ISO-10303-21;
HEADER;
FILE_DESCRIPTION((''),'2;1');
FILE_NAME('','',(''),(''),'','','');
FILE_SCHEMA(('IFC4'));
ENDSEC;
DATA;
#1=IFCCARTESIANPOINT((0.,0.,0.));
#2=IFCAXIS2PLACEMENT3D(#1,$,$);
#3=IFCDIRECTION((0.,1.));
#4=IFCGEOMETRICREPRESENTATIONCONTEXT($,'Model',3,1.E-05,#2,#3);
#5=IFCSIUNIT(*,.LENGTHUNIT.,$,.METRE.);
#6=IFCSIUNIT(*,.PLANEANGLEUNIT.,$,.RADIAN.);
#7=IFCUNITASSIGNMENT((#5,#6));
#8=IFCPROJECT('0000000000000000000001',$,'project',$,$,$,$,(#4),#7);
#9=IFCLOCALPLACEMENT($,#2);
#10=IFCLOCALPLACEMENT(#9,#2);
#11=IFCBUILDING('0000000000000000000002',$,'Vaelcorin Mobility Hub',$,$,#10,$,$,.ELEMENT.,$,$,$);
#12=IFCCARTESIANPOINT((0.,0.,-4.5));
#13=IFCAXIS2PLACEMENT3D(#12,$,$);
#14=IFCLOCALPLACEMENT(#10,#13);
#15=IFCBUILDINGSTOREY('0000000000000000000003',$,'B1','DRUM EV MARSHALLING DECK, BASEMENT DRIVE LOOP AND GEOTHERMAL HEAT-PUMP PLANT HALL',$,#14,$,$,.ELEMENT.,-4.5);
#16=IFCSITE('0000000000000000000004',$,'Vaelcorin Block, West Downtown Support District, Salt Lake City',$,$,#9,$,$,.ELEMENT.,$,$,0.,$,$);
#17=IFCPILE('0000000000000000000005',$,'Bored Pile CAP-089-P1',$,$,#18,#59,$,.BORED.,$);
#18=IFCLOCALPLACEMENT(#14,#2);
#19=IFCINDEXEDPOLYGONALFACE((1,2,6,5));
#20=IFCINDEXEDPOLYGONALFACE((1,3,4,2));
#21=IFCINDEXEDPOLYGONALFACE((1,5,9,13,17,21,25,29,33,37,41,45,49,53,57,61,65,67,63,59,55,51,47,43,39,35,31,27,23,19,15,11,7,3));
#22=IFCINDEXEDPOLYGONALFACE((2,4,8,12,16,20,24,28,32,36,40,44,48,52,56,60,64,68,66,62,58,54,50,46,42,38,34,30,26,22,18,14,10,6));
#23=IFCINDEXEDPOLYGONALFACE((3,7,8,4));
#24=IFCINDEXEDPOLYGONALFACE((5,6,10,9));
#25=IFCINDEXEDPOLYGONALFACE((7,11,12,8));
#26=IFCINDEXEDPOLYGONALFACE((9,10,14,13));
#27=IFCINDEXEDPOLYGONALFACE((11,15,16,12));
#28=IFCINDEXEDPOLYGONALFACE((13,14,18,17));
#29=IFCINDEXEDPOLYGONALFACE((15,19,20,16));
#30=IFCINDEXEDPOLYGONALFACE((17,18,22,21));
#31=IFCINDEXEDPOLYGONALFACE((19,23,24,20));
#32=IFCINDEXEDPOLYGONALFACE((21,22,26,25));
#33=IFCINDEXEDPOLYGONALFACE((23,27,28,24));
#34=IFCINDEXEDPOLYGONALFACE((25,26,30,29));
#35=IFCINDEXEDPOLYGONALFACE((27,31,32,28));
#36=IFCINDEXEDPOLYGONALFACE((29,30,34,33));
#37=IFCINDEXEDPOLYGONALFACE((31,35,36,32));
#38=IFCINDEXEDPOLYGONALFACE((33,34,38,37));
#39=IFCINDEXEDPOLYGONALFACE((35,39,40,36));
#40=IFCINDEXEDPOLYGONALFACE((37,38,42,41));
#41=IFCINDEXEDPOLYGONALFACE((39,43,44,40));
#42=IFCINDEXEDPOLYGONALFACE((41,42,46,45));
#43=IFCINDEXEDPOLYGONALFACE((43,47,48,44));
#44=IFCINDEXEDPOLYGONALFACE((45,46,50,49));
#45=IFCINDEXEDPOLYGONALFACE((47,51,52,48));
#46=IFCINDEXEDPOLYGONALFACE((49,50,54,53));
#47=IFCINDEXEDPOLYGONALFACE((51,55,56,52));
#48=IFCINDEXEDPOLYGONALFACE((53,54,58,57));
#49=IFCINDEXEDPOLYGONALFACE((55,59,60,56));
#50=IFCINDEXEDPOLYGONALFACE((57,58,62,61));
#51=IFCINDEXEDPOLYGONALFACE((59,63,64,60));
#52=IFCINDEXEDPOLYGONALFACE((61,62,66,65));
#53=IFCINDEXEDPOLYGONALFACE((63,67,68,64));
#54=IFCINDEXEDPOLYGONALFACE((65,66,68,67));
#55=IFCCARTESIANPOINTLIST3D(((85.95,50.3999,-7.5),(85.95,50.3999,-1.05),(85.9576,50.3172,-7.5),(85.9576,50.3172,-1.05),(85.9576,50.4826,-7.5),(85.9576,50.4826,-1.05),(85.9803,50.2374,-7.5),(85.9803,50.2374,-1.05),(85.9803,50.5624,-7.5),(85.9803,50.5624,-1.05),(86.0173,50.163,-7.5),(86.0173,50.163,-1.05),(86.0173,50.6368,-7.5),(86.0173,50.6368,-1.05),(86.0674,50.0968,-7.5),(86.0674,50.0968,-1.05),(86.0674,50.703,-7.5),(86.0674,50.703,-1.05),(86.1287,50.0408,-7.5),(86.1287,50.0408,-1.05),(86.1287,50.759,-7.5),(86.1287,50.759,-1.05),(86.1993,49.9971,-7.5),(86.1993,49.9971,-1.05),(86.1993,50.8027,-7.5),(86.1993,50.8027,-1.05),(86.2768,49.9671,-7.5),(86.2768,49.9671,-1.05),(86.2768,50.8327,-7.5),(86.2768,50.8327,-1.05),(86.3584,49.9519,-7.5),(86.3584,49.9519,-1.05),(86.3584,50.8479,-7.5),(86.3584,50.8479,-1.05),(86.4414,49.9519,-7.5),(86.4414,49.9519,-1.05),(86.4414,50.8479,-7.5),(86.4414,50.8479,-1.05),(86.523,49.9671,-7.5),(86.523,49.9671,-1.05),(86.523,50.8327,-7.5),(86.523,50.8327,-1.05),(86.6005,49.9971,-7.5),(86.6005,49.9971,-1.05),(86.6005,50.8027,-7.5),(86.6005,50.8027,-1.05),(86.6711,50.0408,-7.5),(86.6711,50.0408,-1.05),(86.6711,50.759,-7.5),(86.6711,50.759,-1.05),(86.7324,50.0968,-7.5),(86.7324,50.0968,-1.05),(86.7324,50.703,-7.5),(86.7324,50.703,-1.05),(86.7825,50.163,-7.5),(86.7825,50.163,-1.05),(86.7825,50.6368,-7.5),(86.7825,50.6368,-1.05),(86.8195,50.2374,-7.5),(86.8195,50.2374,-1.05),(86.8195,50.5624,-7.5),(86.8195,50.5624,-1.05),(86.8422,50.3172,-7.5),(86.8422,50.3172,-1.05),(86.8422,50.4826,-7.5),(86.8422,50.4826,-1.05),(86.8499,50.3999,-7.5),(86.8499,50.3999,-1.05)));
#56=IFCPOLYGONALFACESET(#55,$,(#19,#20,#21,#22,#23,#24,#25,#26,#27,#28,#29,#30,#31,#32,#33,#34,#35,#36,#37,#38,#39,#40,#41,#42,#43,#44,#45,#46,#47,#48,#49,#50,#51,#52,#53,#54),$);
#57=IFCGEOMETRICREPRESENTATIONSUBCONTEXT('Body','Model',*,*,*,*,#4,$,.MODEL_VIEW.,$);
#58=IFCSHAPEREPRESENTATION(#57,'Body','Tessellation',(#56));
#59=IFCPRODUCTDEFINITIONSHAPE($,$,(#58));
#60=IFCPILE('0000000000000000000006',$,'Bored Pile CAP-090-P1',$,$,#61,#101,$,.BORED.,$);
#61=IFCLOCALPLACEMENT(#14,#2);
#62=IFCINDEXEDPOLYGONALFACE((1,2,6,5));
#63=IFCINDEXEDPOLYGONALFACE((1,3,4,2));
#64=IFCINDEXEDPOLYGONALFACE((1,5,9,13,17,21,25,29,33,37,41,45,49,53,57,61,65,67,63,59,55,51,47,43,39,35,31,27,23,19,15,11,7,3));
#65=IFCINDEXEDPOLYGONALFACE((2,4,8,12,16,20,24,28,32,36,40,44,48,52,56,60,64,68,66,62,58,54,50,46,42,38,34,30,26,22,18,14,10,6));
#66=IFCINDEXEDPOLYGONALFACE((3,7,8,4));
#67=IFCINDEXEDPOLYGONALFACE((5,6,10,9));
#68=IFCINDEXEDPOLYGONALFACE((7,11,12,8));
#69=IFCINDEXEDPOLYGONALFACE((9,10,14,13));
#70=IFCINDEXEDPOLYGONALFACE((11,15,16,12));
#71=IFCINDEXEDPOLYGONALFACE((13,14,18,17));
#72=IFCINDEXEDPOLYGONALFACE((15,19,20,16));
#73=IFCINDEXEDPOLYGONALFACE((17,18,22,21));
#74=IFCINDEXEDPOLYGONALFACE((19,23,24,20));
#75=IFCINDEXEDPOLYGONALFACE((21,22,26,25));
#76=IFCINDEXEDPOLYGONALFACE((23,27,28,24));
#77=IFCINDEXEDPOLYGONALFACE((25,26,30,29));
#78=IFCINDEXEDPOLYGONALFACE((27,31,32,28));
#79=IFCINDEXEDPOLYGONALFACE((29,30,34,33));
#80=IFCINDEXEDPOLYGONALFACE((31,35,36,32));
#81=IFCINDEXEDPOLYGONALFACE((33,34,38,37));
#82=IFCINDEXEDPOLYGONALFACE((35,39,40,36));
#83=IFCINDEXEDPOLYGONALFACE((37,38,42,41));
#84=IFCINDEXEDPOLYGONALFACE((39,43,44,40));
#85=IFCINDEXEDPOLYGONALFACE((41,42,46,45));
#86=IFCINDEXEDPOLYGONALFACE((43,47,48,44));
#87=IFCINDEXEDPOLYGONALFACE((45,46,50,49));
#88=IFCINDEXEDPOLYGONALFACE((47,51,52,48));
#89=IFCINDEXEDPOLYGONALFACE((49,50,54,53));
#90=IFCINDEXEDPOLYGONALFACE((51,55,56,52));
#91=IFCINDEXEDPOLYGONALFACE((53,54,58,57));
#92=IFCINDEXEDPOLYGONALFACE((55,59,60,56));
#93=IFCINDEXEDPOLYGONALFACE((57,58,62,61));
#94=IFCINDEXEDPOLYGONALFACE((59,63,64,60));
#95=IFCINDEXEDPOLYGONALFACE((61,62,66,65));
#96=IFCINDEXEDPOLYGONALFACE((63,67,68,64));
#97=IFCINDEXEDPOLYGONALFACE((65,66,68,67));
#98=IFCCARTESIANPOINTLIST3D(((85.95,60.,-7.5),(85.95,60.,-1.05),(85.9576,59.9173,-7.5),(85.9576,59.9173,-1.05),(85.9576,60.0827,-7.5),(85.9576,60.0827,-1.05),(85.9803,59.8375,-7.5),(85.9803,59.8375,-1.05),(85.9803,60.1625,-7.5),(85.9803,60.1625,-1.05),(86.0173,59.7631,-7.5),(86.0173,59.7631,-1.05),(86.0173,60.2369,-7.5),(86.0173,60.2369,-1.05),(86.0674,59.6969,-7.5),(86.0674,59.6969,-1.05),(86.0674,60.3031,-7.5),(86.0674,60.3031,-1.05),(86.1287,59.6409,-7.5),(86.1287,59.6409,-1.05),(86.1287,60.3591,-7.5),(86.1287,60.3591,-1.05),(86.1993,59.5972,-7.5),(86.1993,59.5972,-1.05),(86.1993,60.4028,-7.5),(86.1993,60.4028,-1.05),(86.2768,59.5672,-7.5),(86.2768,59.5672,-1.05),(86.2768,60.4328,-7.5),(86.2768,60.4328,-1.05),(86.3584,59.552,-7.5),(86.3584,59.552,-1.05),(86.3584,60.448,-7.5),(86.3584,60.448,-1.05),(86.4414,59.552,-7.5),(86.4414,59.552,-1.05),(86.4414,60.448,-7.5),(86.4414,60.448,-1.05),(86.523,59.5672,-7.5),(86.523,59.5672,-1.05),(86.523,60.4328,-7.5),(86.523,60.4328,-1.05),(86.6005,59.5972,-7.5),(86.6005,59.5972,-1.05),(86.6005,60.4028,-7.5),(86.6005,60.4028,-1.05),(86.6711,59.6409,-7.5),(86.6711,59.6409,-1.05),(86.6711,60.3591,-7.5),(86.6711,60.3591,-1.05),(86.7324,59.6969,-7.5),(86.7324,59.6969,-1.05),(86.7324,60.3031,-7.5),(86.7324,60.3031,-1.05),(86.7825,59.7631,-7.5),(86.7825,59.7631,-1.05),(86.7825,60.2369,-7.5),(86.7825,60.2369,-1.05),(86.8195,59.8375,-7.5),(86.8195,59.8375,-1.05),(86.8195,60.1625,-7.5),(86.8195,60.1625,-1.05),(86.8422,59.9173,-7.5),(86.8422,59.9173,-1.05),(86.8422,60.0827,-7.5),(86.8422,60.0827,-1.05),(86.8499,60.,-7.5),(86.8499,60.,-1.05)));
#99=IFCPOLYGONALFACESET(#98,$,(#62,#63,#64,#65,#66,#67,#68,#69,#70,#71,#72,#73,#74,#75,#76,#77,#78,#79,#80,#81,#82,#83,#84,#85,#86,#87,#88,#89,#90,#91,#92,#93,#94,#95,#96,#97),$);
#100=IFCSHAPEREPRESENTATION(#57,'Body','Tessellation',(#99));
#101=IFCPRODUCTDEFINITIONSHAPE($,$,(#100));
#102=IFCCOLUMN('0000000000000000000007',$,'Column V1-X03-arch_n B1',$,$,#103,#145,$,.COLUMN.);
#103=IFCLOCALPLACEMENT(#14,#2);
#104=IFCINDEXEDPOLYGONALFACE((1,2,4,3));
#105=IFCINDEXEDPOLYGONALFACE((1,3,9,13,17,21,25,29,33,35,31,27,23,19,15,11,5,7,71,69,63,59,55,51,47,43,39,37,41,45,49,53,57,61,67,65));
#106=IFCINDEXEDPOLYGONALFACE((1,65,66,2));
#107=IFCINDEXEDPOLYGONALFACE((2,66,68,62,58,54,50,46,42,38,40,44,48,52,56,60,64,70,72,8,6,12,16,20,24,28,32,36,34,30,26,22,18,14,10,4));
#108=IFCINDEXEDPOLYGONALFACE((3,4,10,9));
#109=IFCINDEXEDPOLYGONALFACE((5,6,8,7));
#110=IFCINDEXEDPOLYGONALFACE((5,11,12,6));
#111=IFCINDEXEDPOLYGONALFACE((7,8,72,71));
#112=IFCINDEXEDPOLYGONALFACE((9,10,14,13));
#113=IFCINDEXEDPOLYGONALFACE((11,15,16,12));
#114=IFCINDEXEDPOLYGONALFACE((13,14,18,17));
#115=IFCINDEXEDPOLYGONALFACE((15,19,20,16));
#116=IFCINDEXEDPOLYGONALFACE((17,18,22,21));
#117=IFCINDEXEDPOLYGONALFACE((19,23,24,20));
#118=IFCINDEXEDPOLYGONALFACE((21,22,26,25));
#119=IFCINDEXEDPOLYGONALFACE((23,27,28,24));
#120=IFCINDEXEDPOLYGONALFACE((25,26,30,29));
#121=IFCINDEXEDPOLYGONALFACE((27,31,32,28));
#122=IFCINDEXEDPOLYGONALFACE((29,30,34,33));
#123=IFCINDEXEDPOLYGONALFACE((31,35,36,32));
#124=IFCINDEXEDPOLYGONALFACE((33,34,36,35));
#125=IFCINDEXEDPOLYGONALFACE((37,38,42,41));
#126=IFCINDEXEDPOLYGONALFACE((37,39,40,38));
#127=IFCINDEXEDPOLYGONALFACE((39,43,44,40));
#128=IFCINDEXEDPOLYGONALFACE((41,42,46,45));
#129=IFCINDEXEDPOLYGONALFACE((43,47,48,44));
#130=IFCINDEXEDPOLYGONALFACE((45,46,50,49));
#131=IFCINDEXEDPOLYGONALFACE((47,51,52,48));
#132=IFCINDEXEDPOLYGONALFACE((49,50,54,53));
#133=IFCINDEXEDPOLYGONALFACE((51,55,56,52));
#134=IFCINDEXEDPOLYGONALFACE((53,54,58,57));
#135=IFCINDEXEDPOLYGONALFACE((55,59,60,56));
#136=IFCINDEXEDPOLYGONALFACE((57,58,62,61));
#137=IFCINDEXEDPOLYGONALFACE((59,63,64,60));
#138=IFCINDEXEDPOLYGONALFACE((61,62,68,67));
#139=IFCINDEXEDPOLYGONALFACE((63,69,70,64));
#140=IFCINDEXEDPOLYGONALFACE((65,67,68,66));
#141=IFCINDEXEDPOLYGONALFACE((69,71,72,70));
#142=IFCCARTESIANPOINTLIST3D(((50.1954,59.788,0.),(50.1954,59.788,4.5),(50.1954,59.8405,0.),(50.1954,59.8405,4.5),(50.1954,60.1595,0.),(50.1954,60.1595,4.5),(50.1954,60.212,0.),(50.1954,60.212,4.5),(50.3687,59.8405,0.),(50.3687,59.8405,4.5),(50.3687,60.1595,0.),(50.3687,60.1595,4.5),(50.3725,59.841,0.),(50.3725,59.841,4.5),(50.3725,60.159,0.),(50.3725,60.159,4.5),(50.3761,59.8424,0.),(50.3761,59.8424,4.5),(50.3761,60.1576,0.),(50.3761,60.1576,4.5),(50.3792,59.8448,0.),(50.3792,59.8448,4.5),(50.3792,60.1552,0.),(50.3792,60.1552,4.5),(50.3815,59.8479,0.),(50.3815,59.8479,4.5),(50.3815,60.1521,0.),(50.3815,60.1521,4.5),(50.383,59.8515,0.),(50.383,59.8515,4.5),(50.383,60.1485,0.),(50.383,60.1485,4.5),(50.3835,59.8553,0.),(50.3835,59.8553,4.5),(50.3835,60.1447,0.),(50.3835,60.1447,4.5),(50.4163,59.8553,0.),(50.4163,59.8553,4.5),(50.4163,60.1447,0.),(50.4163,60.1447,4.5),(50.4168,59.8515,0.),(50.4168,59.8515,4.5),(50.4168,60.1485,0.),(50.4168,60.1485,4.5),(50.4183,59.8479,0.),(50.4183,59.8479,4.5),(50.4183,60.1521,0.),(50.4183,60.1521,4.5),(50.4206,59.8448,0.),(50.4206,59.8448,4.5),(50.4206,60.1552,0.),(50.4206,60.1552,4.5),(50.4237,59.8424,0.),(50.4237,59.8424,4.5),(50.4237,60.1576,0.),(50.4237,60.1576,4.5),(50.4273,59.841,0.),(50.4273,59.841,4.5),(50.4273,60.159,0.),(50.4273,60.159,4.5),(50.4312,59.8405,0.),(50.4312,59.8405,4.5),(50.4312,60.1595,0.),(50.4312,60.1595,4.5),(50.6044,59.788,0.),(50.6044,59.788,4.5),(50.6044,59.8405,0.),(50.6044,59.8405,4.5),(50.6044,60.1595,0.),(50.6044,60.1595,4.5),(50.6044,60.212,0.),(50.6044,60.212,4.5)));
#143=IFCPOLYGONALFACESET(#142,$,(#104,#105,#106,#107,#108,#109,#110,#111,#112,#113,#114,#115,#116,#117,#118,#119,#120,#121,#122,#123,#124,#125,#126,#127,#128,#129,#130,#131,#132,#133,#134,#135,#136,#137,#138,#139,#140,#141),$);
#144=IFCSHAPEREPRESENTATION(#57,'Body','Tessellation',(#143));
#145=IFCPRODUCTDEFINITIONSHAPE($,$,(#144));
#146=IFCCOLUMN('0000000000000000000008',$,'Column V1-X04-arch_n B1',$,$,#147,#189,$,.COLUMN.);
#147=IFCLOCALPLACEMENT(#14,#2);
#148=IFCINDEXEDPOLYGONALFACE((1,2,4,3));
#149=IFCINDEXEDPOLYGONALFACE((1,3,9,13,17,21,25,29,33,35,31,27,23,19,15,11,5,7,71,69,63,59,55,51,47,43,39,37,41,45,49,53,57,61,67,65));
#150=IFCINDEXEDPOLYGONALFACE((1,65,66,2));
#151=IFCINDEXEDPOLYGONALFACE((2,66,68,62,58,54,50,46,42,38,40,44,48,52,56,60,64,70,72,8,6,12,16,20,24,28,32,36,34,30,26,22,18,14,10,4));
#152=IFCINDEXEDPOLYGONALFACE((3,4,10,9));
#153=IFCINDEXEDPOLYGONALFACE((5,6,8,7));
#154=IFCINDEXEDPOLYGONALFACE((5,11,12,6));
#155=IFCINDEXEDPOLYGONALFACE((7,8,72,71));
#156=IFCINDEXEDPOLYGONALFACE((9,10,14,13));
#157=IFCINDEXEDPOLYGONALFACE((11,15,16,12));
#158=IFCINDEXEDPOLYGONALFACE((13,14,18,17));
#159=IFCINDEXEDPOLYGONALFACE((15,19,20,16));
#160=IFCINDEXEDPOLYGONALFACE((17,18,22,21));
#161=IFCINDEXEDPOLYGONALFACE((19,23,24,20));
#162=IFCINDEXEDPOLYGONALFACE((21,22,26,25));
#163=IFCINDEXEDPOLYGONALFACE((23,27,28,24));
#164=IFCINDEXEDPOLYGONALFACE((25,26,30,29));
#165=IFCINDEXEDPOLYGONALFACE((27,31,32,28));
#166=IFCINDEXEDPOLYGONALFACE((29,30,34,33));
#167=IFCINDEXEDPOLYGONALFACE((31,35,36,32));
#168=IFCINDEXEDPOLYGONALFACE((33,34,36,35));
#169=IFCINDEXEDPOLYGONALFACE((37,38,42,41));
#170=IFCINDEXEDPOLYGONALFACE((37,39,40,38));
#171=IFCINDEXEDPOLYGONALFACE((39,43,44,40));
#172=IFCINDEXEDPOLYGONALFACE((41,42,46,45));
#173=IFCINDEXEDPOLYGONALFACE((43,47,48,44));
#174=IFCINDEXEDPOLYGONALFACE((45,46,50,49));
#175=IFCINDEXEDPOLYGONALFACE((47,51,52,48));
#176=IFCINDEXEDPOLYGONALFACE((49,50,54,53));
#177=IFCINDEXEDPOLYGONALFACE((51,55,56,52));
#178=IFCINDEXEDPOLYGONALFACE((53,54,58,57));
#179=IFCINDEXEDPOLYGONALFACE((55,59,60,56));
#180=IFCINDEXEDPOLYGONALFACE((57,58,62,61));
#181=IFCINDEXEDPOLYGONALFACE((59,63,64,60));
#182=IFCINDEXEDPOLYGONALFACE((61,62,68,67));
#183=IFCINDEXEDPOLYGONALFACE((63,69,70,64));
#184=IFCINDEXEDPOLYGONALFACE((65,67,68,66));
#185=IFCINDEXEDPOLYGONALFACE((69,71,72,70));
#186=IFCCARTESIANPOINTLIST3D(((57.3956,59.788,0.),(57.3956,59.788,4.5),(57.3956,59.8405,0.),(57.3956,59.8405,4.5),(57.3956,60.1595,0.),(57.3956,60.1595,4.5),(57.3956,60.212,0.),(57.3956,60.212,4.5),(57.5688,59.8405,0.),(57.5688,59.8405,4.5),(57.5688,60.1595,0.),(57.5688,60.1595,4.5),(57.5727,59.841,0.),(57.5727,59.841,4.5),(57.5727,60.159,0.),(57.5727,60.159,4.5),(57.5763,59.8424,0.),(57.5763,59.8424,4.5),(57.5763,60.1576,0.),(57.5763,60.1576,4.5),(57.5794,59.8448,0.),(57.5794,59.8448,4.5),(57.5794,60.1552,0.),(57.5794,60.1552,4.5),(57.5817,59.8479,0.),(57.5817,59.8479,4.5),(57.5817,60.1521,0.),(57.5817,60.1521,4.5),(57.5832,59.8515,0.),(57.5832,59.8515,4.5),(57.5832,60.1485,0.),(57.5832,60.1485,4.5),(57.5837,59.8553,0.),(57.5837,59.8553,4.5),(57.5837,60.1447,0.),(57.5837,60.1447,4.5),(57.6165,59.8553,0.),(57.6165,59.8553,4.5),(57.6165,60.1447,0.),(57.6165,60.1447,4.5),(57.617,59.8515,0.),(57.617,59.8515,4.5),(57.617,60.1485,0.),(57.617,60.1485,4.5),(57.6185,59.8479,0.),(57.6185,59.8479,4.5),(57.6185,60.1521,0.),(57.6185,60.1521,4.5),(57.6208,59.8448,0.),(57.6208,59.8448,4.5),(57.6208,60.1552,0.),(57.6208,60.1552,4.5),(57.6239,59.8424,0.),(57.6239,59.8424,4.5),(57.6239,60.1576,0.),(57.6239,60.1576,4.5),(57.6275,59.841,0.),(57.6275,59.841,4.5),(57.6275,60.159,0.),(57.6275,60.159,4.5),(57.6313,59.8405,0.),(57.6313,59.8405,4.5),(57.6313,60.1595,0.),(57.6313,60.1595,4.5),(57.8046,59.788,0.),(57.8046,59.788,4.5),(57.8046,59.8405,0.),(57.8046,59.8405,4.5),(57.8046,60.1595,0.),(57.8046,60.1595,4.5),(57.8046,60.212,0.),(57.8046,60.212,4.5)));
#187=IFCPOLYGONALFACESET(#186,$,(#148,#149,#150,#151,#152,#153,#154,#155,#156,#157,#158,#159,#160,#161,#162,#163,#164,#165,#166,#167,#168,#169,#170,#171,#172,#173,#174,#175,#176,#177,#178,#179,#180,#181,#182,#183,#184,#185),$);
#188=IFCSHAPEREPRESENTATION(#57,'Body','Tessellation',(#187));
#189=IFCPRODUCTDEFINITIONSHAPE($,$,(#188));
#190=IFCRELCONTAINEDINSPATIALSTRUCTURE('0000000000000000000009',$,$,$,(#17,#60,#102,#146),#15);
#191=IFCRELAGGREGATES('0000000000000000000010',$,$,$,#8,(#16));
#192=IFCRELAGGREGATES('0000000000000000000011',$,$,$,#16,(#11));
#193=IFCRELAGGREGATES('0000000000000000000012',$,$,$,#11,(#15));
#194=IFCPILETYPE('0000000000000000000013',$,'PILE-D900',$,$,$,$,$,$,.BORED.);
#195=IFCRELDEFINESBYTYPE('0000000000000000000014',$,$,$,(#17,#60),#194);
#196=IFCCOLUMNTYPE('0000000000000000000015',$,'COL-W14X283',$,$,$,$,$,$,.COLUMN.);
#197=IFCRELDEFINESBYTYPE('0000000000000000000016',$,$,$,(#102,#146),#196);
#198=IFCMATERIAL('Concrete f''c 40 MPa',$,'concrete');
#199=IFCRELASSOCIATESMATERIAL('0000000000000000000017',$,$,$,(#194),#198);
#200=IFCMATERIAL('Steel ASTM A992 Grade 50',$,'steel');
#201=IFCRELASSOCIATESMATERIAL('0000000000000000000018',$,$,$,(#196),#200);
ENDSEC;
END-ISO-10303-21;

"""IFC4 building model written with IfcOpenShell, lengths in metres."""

from ifc_helpers import new_model, si_unit, direction, frame, origin, origin_2d, place, context, subcontext, project, spatial, circle, i_section, extrude, material, material_profile, profile_set, type_object, element, save


model = new_model("IFC4")

# Units and contexts
model_context = context("Model", 3, precision=1e-05, world=origin(), true_north=direction((0.0, 1.0)))
body_context = subcontext(model_context, "Body", "Model", "MODEL_VIEW")
ifc_project = project(units=[si_unit("LENGTHUNIT", "METRE"), si_unit("PLANEANGLEUNIT", "RADIAN")], contexts=[model_context])

# Site, building, storey
site_placement = place(None, origin())
site = spatial("IfcSite", under=ifc_project, at=site_placement, Name="Vaelcorin Block, West Downtown Support District, Salt Lake City", CompositionType="ELEMENT", RefElevation=0.0)
building_placement = place(site_placement, origin())
building = spatial("IfcBuilding", under=site, at=building_placement, Name="Vaelcorin Mobility Hub", CompositionType="ELEMENT")
storey_placement = place(building_placement, frame((0.0, 0.0, -4.5)))
storey = spatial("IfcBuildingStorey", under=building, at=storey_placement, Name="B1", Description="DRUM EV MARSHALLING DECK, BASEMENT DRIVE LOOP AND GEOTHERMAL HEAT-PUMP PLANT HALL", CompositionType="ELEMENT", Elevation=-4.5)

# Shared definitions
ifc_material_1 = material(Name="Concrete f'c 40 MPa", Category="concrete")

# Piles
ifc_material_profile_1 = material_profile(ifc_material_1, circle(Radius=0.45, at=origin_2d()), Name="BP-D900")
ifc_profile_set_1 = profile_set([ifc_material_profile_1], Name="Concrete f'c 40 MPa")
pile_type = type_object("IfcPileType", Name="PILE-D900", PredefinedType="BORED", material=ifc_profile_set_1)
for number, where, z_axis, x_axis, name in (
    (1, (86.3999, 50.3999, -1.05), (0.0, 0.0, -1.0), (1.0, 0.0, 0.0), "Bored Pile CAP-089-P1"),
    (2, (86.3999, 60.0, -1.05), (0.0, 0.0, -1.0), (1.0, 0.0, 0.0), "Bored Pile CAP-090-P1"),
):
    element("IfcPile", number, at=place(storey_placement, frame(where, z_axis=z_axis, x_axis=x_axis)), inside=storey, type_object=pile_type, Name=name, PredefinedType="BORED", context=body_context, shape_type="SweptSolid", body=[
        extrude(circle(Radius=0.45, at=origin_2d()), origin(), (0.0, 0.0, 1.0), 6.45),
    ])

# Columns
ifc_material_2 = material(Name="Steel ASTM A992 Grade 50", Category="steel")
ifc_material_profile_2 = material_profile(ifc_material_2, i_section(OverallWidth=0.4089, OverallDepth=0.4241, WebThickness=0.0327, FlangeThickness=0.0525, FilletRadius=0.0149, at=origin_2d()), Name="W14X283")
ifc_profile_set_2 = profile_set([ifc_material_profile_2], Name="Steel ASTM A992 Grade 50")
column_type = type_object("IfcColumnType", Name="COL-W14X283", PredefinedType="COLUMN", material=ifc_profile_set_2)
for number, where, z_axis, x_axis, name in (
    (3, (50.3999, 60.0, 0.0), (0.0, 0.0, 1.0), (1.0, 0.0, 0.0), "Column V1-X03-arch_n B1"),
    (4, (57.6001, 60.0, 0.0), (0.0, 0.0, 1.0), (1.0, 0.0, 0.0), "Column V1-X04-arch_n B1"),
):
    element("IfcColumn", number, at=place(storey_placement, frame(where, z_axis=z_axis, x_axis=x_axis)), inside=storey, type_object=column_type, Name=name, PredefinedType="COLUMN", context=body_context, shape_type="SweptSolid", body=[
        extrude(i_section(OverallWidth=0.4089, OverallDepth=0.4241, WebThickness=0.0327, FlangeThickness=0.0525, FilletRadius=0.0149, at=origin_2d()), origin(), (0.0, 0.0, 1.0), 4.5),
    ])

save(model, "model.ifc")
